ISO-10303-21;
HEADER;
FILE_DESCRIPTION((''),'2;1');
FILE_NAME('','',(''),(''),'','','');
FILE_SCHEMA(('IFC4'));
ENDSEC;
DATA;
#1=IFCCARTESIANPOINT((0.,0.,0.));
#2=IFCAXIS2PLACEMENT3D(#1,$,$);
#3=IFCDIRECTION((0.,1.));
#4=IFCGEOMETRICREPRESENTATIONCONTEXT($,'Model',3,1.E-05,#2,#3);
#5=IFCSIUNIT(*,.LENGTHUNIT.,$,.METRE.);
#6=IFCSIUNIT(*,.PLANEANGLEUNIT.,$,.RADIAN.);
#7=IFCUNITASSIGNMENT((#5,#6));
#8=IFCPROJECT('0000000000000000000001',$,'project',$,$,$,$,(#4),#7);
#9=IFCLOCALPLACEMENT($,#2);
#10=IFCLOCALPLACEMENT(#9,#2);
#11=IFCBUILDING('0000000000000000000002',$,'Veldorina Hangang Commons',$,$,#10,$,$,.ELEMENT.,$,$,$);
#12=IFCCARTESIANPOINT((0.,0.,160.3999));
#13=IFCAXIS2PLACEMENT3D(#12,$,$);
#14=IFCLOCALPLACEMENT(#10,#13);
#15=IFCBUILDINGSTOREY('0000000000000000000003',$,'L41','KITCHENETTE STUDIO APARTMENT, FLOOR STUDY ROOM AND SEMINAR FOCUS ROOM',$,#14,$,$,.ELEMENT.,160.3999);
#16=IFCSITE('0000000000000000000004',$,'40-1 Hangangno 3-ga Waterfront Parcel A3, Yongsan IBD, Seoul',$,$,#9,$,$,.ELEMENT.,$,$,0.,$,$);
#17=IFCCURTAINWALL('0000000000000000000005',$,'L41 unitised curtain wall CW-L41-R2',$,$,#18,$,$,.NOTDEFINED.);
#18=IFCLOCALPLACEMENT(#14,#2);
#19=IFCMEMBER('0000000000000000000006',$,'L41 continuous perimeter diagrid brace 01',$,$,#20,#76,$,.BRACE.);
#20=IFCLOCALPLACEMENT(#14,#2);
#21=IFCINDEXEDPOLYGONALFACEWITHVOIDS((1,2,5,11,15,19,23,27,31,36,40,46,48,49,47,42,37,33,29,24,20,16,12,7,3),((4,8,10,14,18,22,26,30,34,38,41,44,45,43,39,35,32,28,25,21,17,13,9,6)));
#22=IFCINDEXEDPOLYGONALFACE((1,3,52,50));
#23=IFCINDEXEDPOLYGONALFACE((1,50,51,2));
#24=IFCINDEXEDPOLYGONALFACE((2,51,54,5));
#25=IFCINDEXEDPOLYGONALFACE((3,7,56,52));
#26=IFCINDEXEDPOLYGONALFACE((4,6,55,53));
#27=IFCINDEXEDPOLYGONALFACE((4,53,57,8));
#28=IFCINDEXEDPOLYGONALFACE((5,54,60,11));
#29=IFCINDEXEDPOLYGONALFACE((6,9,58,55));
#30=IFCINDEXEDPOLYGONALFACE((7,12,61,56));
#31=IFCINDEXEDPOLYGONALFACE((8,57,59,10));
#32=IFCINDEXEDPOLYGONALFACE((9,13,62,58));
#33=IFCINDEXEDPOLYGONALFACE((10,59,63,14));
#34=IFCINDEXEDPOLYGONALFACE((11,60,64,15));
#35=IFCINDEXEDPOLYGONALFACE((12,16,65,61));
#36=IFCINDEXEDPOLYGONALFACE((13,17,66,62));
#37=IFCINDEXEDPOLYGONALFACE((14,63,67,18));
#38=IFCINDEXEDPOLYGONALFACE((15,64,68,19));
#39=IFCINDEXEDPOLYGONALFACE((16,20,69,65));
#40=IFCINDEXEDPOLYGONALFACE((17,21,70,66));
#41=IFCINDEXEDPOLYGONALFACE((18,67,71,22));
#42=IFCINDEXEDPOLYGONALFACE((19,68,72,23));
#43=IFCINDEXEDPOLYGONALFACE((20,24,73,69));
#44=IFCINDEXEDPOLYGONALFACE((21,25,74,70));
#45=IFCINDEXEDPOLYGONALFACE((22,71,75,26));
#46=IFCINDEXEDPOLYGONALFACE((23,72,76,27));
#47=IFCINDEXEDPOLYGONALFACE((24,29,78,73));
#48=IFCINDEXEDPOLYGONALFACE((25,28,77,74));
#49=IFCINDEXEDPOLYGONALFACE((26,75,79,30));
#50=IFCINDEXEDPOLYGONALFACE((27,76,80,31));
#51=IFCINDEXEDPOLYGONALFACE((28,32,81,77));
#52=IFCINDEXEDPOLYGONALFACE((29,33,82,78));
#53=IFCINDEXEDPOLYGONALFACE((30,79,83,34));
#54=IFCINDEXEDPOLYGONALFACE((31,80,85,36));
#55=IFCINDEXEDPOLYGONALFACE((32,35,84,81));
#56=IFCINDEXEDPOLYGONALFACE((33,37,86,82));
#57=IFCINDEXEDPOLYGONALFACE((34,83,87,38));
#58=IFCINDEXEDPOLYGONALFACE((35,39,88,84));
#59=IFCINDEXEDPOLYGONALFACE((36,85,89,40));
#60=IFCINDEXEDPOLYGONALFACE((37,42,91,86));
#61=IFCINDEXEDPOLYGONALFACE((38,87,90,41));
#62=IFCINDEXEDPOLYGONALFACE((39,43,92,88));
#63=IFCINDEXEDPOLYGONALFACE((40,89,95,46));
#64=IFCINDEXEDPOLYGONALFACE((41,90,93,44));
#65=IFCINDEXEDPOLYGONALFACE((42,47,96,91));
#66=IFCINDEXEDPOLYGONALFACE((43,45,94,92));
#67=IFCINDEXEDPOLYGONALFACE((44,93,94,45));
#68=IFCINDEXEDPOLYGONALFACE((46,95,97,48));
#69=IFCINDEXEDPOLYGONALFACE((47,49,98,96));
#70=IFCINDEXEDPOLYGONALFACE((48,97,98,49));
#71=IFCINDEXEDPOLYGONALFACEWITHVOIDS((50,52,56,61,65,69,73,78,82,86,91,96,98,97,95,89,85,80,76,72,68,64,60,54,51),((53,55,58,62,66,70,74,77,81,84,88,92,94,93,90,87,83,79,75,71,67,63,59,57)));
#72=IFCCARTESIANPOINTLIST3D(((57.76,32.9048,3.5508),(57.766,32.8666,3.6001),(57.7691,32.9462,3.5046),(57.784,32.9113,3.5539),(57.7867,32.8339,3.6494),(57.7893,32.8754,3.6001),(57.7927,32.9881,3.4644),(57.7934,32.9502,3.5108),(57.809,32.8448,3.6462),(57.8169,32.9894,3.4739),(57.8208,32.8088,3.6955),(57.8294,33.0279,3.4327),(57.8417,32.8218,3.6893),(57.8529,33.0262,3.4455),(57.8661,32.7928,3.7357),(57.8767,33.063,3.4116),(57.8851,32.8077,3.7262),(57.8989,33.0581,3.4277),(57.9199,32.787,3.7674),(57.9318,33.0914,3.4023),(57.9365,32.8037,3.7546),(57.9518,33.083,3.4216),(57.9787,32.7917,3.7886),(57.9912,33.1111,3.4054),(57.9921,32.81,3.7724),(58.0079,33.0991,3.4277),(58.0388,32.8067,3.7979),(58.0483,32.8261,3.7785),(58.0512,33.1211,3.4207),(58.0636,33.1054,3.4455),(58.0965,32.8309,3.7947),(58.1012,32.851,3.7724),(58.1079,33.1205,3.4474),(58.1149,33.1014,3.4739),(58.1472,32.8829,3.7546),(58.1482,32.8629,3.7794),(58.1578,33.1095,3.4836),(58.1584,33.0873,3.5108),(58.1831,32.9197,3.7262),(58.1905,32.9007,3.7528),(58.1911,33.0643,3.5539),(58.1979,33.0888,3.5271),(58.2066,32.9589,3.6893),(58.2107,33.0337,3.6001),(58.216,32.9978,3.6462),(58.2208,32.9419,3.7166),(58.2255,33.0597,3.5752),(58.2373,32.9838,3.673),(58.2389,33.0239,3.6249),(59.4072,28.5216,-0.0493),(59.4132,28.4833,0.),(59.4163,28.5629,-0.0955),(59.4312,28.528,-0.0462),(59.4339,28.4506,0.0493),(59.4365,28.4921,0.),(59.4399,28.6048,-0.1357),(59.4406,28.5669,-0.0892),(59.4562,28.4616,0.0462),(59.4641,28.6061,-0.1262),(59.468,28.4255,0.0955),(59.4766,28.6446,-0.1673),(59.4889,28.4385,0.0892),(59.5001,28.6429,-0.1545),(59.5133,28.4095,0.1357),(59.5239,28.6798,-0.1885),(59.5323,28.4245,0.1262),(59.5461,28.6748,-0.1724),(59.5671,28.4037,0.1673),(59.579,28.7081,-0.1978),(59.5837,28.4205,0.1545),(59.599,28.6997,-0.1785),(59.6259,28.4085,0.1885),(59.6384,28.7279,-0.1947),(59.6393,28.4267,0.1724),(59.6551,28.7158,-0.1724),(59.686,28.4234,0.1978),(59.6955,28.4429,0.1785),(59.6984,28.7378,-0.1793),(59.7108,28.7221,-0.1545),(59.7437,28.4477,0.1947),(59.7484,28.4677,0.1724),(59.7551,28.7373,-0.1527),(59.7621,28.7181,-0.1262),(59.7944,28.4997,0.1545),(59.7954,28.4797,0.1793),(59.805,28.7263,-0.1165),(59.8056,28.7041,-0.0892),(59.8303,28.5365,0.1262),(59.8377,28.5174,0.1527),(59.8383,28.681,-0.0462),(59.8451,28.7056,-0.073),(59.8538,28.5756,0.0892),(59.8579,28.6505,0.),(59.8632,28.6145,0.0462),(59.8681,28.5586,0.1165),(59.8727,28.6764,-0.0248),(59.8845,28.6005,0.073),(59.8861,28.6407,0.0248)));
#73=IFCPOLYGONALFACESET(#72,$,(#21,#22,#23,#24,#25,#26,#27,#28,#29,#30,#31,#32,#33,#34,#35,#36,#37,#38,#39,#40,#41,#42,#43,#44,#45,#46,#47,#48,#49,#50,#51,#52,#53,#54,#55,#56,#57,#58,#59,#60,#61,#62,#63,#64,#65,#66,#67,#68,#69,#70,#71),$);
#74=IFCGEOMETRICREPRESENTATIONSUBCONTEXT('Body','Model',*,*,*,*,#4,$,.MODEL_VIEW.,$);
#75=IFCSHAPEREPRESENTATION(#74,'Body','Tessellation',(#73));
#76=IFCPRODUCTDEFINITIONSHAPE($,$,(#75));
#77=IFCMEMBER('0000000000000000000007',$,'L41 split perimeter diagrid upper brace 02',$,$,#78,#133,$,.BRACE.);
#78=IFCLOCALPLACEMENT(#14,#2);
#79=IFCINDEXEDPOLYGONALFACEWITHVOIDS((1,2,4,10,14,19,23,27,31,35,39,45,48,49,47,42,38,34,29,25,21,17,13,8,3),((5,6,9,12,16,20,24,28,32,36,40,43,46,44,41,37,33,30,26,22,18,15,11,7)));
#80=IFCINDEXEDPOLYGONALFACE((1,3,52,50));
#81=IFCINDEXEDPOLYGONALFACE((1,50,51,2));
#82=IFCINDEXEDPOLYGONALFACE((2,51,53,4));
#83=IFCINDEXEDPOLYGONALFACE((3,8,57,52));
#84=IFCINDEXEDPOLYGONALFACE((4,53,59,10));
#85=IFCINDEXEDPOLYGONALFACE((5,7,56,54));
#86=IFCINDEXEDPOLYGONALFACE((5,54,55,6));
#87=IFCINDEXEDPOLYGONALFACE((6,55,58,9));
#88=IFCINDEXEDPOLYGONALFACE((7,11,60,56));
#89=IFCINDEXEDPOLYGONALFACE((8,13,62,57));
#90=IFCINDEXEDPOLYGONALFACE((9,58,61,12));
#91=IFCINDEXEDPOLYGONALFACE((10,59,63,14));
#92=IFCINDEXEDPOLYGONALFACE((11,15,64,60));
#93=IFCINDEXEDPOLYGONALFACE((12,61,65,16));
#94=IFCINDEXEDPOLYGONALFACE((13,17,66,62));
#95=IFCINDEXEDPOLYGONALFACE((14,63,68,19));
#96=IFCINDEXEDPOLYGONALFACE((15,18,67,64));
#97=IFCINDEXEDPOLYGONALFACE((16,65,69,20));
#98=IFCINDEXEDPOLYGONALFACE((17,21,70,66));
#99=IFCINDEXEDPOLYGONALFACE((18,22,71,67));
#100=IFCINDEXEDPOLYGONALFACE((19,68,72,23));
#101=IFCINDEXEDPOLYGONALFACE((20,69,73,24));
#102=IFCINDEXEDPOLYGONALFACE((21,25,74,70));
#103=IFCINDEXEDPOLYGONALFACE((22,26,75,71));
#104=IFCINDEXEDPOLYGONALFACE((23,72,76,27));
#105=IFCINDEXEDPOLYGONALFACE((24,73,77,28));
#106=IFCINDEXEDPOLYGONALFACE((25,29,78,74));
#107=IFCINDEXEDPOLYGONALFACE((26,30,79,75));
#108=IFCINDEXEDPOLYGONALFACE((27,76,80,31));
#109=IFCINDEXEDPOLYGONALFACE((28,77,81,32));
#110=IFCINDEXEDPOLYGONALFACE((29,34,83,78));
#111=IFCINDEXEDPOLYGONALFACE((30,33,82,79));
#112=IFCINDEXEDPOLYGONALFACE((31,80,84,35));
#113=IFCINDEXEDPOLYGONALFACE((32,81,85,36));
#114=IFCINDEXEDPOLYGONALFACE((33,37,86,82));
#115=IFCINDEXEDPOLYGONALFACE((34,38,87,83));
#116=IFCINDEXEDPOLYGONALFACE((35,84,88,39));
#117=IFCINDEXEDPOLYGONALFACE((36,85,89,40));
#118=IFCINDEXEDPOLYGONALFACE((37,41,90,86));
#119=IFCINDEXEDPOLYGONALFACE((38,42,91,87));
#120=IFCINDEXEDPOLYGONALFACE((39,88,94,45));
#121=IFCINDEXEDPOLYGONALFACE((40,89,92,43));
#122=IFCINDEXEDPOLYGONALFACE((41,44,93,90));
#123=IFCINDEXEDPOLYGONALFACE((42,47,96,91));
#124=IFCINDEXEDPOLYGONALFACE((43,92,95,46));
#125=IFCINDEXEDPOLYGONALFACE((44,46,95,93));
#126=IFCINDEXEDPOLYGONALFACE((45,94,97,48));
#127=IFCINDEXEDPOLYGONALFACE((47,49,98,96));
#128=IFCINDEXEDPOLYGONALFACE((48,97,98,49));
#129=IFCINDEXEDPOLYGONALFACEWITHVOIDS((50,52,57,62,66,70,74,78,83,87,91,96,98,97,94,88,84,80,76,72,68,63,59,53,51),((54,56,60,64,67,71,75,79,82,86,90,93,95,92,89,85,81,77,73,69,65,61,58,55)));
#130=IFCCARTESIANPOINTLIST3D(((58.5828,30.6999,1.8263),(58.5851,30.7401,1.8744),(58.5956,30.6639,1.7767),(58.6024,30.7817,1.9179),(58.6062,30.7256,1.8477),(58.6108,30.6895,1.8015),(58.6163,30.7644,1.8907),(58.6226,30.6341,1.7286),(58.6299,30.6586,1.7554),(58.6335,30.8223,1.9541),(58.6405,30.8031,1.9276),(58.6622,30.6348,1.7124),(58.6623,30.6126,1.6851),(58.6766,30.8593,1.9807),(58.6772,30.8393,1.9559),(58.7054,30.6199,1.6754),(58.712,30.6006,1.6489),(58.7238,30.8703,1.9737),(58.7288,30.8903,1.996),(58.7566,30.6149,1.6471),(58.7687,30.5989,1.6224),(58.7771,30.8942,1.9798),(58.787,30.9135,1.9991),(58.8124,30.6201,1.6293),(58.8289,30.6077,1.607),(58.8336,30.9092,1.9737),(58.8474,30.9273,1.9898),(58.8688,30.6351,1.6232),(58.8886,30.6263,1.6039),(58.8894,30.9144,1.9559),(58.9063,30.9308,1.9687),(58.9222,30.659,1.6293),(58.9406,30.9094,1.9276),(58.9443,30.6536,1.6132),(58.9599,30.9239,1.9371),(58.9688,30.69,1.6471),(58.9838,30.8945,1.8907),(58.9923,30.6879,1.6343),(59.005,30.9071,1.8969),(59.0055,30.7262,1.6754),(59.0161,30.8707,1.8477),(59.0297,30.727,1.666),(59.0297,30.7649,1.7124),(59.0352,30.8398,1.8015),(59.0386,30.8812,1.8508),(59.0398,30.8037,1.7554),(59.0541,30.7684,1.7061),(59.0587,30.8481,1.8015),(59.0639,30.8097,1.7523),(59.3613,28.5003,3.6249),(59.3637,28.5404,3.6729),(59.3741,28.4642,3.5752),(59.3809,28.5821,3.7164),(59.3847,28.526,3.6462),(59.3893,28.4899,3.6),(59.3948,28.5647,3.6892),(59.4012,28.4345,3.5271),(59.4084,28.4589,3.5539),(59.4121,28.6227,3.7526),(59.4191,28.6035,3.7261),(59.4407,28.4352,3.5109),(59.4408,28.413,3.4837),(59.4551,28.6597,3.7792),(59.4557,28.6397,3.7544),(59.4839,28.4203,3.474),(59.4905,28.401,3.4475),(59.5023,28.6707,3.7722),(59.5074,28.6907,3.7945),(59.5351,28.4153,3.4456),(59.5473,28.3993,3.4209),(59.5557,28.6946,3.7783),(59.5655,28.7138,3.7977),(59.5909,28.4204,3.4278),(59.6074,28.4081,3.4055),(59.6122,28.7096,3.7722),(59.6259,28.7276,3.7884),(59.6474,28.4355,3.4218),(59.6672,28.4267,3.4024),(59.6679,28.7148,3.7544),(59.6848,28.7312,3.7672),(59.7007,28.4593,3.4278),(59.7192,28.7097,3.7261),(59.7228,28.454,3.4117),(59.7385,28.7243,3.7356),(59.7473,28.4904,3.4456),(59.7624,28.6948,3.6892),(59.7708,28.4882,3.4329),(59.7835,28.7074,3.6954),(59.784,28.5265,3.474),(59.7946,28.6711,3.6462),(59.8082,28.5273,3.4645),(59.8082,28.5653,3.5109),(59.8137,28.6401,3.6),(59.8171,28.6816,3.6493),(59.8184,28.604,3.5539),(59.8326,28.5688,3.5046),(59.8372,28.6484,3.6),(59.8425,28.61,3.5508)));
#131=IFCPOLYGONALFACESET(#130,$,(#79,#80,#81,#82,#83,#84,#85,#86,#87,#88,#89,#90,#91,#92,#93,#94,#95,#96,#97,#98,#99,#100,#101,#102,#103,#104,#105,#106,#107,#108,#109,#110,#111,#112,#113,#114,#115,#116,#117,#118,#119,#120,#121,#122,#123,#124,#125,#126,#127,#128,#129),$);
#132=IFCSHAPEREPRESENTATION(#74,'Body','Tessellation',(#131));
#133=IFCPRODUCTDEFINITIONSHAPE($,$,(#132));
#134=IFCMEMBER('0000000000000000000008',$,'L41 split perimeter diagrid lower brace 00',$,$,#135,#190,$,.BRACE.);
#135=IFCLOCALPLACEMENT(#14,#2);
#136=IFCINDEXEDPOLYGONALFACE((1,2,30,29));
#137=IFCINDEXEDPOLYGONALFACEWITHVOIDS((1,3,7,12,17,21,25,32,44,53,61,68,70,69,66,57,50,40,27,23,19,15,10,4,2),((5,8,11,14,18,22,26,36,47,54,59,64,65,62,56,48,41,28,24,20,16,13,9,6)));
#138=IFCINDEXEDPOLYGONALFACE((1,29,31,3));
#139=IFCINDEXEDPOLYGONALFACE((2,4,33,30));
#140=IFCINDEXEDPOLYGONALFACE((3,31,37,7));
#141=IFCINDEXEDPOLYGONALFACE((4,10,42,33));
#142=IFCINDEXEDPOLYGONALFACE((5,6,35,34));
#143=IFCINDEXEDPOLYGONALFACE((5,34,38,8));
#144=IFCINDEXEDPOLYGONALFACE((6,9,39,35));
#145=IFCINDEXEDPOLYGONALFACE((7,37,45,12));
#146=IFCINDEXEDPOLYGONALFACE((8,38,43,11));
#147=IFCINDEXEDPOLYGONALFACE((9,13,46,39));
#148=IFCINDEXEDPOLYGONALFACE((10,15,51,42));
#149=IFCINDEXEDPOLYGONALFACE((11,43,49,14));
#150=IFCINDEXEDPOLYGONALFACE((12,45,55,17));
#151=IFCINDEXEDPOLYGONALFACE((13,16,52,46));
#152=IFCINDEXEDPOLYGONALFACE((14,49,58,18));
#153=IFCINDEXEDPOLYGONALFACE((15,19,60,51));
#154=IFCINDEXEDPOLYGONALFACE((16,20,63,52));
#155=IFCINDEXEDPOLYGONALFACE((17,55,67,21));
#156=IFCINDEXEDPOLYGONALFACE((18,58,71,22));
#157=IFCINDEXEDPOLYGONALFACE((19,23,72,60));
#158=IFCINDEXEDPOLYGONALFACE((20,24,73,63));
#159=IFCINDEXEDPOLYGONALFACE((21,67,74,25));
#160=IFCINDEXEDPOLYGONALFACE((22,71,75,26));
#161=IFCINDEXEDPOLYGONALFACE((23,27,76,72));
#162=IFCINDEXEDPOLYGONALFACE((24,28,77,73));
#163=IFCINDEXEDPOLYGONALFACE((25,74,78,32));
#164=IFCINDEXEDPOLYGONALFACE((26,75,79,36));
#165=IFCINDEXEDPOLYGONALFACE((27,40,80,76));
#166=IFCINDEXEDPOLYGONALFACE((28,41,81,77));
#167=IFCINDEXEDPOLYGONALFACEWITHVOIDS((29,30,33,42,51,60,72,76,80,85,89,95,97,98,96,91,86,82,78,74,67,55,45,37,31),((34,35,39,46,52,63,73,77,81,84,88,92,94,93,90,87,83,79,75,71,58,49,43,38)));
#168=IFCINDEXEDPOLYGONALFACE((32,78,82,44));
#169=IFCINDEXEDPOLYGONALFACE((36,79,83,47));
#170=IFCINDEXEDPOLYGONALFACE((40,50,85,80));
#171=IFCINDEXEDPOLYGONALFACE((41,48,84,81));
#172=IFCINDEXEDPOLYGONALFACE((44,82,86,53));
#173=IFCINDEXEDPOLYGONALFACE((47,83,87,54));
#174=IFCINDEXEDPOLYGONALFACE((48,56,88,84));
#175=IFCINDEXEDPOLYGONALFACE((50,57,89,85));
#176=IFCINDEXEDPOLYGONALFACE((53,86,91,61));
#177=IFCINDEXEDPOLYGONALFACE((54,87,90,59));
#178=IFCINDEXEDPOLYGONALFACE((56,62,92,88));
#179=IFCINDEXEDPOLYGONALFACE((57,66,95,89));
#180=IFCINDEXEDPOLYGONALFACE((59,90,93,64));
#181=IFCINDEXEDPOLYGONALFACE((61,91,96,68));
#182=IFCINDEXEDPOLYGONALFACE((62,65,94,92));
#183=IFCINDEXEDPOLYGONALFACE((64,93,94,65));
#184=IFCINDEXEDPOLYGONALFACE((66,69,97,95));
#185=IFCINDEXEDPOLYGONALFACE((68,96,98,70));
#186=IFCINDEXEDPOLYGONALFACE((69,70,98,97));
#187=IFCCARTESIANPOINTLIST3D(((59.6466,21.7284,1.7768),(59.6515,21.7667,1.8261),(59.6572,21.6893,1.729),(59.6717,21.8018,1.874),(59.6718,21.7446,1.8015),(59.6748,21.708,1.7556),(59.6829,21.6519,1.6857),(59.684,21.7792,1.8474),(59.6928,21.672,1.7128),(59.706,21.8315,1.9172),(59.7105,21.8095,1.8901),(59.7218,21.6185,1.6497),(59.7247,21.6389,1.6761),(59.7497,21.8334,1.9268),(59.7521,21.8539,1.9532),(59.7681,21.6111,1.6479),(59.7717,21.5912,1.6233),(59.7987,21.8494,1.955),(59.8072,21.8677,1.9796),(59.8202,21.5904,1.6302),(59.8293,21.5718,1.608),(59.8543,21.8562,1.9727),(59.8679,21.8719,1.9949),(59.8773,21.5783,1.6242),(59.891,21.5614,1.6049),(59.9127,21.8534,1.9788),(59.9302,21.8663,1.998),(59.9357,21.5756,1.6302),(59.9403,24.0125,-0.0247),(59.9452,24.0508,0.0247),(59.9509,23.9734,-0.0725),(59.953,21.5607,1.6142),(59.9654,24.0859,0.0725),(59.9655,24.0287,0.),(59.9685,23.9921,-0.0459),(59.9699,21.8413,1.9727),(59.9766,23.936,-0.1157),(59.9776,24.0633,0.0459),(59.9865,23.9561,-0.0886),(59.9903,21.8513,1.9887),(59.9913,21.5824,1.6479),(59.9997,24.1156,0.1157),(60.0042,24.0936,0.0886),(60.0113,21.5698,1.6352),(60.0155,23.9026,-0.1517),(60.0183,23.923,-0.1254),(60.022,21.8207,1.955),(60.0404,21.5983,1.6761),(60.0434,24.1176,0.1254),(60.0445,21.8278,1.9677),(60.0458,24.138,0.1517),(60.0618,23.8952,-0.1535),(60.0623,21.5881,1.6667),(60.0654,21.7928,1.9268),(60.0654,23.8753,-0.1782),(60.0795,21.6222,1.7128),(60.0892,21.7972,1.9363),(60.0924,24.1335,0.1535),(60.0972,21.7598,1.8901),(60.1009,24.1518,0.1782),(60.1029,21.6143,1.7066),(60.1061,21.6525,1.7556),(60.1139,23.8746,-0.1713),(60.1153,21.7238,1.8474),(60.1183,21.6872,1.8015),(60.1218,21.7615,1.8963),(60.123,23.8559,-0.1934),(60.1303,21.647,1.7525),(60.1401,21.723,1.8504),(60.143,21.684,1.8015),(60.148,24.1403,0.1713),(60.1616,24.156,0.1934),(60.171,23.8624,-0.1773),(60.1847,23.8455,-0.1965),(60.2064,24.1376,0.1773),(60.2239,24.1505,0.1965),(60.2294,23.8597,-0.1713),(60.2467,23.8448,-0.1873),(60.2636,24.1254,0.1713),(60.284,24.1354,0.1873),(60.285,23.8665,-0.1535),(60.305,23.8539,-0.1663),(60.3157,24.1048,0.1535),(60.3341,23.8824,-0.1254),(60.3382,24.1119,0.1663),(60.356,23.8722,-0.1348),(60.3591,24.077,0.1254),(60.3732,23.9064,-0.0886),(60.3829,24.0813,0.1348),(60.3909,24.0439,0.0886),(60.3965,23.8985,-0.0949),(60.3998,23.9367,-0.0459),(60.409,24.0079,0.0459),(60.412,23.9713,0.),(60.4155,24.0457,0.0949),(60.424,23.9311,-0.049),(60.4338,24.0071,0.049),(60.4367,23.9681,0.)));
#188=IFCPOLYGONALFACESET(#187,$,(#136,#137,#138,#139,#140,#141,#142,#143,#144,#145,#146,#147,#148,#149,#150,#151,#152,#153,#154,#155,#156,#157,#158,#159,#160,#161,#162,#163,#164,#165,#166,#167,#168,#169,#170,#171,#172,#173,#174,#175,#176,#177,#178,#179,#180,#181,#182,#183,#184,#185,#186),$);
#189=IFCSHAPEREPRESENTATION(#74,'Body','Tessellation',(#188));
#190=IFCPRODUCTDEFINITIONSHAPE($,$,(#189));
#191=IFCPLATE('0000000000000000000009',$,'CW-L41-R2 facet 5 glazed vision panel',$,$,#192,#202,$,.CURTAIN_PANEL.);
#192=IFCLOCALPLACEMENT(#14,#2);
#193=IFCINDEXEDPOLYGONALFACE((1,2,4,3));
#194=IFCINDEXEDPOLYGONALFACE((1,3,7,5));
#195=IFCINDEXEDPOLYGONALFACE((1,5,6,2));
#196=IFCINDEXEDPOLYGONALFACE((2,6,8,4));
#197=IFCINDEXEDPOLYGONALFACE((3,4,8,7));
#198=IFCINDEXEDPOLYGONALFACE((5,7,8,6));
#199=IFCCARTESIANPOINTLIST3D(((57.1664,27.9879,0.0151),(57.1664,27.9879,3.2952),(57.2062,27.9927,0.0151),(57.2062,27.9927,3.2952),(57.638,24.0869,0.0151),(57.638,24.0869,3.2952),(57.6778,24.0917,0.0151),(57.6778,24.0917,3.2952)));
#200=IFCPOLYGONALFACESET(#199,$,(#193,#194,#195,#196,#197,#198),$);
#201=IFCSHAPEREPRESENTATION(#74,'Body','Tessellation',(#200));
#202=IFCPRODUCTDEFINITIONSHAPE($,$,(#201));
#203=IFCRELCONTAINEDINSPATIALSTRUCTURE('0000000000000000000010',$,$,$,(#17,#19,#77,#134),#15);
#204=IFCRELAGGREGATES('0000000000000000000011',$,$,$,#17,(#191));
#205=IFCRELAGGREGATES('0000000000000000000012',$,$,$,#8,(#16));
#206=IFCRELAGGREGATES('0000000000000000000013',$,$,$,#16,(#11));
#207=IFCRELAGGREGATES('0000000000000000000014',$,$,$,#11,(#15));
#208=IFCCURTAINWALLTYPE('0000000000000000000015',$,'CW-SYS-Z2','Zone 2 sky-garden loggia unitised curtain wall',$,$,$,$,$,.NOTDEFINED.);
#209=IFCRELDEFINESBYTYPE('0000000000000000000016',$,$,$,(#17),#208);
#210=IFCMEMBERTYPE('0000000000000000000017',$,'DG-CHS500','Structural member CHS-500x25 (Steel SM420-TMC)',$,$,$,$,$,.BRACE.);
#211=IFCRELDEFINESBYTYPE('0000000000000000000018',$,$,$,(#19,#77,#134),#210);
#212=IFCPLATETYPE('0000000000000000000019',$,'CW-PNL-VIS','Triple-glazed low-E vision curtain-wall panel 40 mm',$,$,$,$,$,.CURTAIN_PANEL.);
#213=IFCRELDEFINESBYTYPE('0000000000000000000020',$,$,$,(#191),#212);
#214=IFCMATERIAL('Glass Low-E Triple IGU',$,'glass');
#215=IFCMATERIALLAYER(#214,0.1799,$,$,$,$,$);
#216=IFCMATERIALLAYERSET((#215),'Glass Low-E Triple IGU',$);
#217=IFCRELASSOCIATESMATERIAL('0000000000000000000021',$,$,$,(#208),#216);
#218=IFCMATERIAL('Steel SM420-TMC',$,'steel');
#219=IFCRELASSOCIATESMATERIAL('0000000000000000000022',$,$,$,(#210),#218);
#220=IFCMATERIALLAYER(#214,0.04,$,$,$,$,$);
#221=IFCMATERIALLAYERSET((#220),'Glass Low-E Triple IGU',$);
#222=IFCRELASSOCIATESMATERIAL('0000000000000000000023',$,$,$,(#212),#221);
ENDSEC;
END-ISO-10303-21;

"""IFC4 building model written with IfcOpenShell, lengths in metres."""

from ifc_helpers import new_model, si_unit, direction, frame, origin, origin_2d, place, context, subcontext, project, spatial, rectangle, hollow_circle, extrude, material, layer, layer_set, material_profile, profile_set, type_object, element, aggregate, save


model = new_model("IFC4")

# Units and contexts
model_context = context("Model", 3, precision=1e-05, world=origin(), true_north=direction((0.0, 1.0)))
body_context = subcontext(model_context, "Body", "Model", "MODEL_VIEW")
ifc_project = project(units=[si_unit("LENGTHUNIT", "METRE"), si_unit("PLANEANGLEUNIT", "RADIAN")], contexts=[model_context])

# Site, building, storey
site_placement = place(None, origin())
site = spatial("IfcSite", under=ifc_project, at=site_placement, Name="40-1 Hangangno 3-ga Waterfront Parcel A3, Yongsan IBD, Seoul", CompositionType="ELEMENT", RefElevation=0.0)
building_placement = place(site_placement, origin())
building = spatial("IfcBuilding", under=site, at=building_placement, Name="Veldorina Hangang Commons", CompositionType="ELEMENT")
storey_placement = place(building_placement, frame((0.0, 0.0, 160.3999)))
storey = spatial("IfcBuildingStorey", under=building, at=storey_placement, Name="L41", Description="KITCHENETTE STUDIO APARTMENT, FLOOR STUDY ROOM AND SEMINAR FOCUS ROOM", CompositionType="ELEMENT", Elevation=160.3999)

# Shared definitions
ifc_material_1 = material(Name="Steel SM420-TMC", Category="steel")

# Curtain wall
ifc_material_2 = material(Name="Glass Low-E Triple IGU", Category="glass")
ifc_layer_1 = layer(ifc_material_2, 0.1799)
ifc_layer_set_1 = layer_set([ifc_layer_1], Name="Glass Low-E Triple IGU")
curtain_wall_type = type_object("IfcCurtainWallType", Name="CW-SYS-Z2", Description="Zone 2 sky-garden loggia unitised curtain wall", PredefinedType="NOTDEFINED", material=ifc_layer_set_1)
curtain_wall_placement = place(storey_placement, origin())
curtain_wall = element("IfcCurtainWall", 1, at=curtain_wall_placement, inside=storey, type_object=curtain_wall_type, Name="L41 unitised curtain wall CW-L41-R2", PredefinedType="NOTDEFINED")

# Members
ifc_material_profile_1 = material_profile(ifc_material_1, hollow_circle(Radius=0.25, WallThickness=0.0249, at=origin_2d()), Name="CHS-500x25")
ifc_profile_set_1 = profile_set([ifc_material_profile_1], Name="Steel SM420-TMC")
member_type_1 = type_object("IfcMemberType", Name="DG-CHS500", Description="Structural member CHS-500x25 (Steel SM420-TMC)", PredefinedType="BRACE", material=ifc_profile_set_1)
member_1_placement = place(storey_placement, frame((59.6472, 28.5713, 0.0), z_axis=(-0.27888, 0.742108, 0.609509), x_axis=(-0.936085, -0.351775, 0.0)))
element("IfcMember", 2, at=member_1_placement, inside=storey, type_object=member_type_1, Name="L41 continuous perimeter diagrid brace 01", PredefinedType="BRACE", context=body_context, shape_type="SweptSolid", body=[
    extrude(hollow_circle(Radius=0.25, WallThickness=0.0249, at=origin_2d()), origin(), (0.0, 0.0, 1.0), 5.9065),
])
member_2_placement = place(storey_placement, frame((58.823, 30.7646, 1.8015), z_axis=(0.264265, -0.746639, 0.610487), x_axis=(0.942694, 0.333657, 0.0)))
element("IfcMember", 3, at=member_2_placement, inside=storey, type_object=member_type_1, Name="L41 split perimeter diagrid upper brace 02", PredefinedType="BRACE", context=body_context, shape_type="SweptSolid", body=[
    extrude(hollow_circle(Radius=0.25, WallThickness=0.0249, at=origin_2d()), origin(), (0.0, 0.0, 1.0), 2.946),
])
member_3_placement = place(storey_placement, frame((60.1887, 24.0, 0.0), z_axis=(-0.100448, -0.78121, 0.616134), x_axis=(0.991835, -0.127531, 0.0)))
element("IfcMember", 4, at=member_3_placement, inside=storey, type_object=member_type_1, Name="L41 split perimeter diagrid lower brace 00", PredefinedType="BRACE", context=body_context, shape_type="SweptSolid", body=[
    extrude(hollow_circle(Radius=0.25, WallThickness=0.0249, at=origin_2d()), origin(), (0.0, 0.0, 1.0), 2.9238),
])

# Plate
ifc_layer_2 = layer(ifc_material_2, 0.04)
ifc_layer_set_2 = layer_set([ifc_layer_2], Name="Glass Low-E Triple IGU")
plate_type_1 = type_object("IfcPlateType", Name="CW-PNL-VIS", Description="Triple-glazed low-E vision curtain-wall panel 40 mm", PredefinedType="CURTAIN_PANEL", material=ifc_layer_set_2)
plate_1_placement = place(storey_placement, frame((57.4221, 26.0398, 0.0151), z_axis=(0.0, 0.0, 1.0), x_axis=(-0.120016, 0.992772, 0.0)))
plate_1 = element("IfcPlate", 5, at=plate_1_placement, type_object=plate_type_1, Name="CW-L41-R2 facet 5 glazed vision panel", PredefinedType="CURTAIN_PANEL", context=body_context, shape_type="SweptSolid", body=[
    extrude(rectangle(XDim=3.9294, YDim=0.04, at=origin_2d()), origin(), (0.0, 0.0, 1.0), 3.28),
])
aggregate(curtain_wall, [plate_1])

save(model, "model.ifc")
